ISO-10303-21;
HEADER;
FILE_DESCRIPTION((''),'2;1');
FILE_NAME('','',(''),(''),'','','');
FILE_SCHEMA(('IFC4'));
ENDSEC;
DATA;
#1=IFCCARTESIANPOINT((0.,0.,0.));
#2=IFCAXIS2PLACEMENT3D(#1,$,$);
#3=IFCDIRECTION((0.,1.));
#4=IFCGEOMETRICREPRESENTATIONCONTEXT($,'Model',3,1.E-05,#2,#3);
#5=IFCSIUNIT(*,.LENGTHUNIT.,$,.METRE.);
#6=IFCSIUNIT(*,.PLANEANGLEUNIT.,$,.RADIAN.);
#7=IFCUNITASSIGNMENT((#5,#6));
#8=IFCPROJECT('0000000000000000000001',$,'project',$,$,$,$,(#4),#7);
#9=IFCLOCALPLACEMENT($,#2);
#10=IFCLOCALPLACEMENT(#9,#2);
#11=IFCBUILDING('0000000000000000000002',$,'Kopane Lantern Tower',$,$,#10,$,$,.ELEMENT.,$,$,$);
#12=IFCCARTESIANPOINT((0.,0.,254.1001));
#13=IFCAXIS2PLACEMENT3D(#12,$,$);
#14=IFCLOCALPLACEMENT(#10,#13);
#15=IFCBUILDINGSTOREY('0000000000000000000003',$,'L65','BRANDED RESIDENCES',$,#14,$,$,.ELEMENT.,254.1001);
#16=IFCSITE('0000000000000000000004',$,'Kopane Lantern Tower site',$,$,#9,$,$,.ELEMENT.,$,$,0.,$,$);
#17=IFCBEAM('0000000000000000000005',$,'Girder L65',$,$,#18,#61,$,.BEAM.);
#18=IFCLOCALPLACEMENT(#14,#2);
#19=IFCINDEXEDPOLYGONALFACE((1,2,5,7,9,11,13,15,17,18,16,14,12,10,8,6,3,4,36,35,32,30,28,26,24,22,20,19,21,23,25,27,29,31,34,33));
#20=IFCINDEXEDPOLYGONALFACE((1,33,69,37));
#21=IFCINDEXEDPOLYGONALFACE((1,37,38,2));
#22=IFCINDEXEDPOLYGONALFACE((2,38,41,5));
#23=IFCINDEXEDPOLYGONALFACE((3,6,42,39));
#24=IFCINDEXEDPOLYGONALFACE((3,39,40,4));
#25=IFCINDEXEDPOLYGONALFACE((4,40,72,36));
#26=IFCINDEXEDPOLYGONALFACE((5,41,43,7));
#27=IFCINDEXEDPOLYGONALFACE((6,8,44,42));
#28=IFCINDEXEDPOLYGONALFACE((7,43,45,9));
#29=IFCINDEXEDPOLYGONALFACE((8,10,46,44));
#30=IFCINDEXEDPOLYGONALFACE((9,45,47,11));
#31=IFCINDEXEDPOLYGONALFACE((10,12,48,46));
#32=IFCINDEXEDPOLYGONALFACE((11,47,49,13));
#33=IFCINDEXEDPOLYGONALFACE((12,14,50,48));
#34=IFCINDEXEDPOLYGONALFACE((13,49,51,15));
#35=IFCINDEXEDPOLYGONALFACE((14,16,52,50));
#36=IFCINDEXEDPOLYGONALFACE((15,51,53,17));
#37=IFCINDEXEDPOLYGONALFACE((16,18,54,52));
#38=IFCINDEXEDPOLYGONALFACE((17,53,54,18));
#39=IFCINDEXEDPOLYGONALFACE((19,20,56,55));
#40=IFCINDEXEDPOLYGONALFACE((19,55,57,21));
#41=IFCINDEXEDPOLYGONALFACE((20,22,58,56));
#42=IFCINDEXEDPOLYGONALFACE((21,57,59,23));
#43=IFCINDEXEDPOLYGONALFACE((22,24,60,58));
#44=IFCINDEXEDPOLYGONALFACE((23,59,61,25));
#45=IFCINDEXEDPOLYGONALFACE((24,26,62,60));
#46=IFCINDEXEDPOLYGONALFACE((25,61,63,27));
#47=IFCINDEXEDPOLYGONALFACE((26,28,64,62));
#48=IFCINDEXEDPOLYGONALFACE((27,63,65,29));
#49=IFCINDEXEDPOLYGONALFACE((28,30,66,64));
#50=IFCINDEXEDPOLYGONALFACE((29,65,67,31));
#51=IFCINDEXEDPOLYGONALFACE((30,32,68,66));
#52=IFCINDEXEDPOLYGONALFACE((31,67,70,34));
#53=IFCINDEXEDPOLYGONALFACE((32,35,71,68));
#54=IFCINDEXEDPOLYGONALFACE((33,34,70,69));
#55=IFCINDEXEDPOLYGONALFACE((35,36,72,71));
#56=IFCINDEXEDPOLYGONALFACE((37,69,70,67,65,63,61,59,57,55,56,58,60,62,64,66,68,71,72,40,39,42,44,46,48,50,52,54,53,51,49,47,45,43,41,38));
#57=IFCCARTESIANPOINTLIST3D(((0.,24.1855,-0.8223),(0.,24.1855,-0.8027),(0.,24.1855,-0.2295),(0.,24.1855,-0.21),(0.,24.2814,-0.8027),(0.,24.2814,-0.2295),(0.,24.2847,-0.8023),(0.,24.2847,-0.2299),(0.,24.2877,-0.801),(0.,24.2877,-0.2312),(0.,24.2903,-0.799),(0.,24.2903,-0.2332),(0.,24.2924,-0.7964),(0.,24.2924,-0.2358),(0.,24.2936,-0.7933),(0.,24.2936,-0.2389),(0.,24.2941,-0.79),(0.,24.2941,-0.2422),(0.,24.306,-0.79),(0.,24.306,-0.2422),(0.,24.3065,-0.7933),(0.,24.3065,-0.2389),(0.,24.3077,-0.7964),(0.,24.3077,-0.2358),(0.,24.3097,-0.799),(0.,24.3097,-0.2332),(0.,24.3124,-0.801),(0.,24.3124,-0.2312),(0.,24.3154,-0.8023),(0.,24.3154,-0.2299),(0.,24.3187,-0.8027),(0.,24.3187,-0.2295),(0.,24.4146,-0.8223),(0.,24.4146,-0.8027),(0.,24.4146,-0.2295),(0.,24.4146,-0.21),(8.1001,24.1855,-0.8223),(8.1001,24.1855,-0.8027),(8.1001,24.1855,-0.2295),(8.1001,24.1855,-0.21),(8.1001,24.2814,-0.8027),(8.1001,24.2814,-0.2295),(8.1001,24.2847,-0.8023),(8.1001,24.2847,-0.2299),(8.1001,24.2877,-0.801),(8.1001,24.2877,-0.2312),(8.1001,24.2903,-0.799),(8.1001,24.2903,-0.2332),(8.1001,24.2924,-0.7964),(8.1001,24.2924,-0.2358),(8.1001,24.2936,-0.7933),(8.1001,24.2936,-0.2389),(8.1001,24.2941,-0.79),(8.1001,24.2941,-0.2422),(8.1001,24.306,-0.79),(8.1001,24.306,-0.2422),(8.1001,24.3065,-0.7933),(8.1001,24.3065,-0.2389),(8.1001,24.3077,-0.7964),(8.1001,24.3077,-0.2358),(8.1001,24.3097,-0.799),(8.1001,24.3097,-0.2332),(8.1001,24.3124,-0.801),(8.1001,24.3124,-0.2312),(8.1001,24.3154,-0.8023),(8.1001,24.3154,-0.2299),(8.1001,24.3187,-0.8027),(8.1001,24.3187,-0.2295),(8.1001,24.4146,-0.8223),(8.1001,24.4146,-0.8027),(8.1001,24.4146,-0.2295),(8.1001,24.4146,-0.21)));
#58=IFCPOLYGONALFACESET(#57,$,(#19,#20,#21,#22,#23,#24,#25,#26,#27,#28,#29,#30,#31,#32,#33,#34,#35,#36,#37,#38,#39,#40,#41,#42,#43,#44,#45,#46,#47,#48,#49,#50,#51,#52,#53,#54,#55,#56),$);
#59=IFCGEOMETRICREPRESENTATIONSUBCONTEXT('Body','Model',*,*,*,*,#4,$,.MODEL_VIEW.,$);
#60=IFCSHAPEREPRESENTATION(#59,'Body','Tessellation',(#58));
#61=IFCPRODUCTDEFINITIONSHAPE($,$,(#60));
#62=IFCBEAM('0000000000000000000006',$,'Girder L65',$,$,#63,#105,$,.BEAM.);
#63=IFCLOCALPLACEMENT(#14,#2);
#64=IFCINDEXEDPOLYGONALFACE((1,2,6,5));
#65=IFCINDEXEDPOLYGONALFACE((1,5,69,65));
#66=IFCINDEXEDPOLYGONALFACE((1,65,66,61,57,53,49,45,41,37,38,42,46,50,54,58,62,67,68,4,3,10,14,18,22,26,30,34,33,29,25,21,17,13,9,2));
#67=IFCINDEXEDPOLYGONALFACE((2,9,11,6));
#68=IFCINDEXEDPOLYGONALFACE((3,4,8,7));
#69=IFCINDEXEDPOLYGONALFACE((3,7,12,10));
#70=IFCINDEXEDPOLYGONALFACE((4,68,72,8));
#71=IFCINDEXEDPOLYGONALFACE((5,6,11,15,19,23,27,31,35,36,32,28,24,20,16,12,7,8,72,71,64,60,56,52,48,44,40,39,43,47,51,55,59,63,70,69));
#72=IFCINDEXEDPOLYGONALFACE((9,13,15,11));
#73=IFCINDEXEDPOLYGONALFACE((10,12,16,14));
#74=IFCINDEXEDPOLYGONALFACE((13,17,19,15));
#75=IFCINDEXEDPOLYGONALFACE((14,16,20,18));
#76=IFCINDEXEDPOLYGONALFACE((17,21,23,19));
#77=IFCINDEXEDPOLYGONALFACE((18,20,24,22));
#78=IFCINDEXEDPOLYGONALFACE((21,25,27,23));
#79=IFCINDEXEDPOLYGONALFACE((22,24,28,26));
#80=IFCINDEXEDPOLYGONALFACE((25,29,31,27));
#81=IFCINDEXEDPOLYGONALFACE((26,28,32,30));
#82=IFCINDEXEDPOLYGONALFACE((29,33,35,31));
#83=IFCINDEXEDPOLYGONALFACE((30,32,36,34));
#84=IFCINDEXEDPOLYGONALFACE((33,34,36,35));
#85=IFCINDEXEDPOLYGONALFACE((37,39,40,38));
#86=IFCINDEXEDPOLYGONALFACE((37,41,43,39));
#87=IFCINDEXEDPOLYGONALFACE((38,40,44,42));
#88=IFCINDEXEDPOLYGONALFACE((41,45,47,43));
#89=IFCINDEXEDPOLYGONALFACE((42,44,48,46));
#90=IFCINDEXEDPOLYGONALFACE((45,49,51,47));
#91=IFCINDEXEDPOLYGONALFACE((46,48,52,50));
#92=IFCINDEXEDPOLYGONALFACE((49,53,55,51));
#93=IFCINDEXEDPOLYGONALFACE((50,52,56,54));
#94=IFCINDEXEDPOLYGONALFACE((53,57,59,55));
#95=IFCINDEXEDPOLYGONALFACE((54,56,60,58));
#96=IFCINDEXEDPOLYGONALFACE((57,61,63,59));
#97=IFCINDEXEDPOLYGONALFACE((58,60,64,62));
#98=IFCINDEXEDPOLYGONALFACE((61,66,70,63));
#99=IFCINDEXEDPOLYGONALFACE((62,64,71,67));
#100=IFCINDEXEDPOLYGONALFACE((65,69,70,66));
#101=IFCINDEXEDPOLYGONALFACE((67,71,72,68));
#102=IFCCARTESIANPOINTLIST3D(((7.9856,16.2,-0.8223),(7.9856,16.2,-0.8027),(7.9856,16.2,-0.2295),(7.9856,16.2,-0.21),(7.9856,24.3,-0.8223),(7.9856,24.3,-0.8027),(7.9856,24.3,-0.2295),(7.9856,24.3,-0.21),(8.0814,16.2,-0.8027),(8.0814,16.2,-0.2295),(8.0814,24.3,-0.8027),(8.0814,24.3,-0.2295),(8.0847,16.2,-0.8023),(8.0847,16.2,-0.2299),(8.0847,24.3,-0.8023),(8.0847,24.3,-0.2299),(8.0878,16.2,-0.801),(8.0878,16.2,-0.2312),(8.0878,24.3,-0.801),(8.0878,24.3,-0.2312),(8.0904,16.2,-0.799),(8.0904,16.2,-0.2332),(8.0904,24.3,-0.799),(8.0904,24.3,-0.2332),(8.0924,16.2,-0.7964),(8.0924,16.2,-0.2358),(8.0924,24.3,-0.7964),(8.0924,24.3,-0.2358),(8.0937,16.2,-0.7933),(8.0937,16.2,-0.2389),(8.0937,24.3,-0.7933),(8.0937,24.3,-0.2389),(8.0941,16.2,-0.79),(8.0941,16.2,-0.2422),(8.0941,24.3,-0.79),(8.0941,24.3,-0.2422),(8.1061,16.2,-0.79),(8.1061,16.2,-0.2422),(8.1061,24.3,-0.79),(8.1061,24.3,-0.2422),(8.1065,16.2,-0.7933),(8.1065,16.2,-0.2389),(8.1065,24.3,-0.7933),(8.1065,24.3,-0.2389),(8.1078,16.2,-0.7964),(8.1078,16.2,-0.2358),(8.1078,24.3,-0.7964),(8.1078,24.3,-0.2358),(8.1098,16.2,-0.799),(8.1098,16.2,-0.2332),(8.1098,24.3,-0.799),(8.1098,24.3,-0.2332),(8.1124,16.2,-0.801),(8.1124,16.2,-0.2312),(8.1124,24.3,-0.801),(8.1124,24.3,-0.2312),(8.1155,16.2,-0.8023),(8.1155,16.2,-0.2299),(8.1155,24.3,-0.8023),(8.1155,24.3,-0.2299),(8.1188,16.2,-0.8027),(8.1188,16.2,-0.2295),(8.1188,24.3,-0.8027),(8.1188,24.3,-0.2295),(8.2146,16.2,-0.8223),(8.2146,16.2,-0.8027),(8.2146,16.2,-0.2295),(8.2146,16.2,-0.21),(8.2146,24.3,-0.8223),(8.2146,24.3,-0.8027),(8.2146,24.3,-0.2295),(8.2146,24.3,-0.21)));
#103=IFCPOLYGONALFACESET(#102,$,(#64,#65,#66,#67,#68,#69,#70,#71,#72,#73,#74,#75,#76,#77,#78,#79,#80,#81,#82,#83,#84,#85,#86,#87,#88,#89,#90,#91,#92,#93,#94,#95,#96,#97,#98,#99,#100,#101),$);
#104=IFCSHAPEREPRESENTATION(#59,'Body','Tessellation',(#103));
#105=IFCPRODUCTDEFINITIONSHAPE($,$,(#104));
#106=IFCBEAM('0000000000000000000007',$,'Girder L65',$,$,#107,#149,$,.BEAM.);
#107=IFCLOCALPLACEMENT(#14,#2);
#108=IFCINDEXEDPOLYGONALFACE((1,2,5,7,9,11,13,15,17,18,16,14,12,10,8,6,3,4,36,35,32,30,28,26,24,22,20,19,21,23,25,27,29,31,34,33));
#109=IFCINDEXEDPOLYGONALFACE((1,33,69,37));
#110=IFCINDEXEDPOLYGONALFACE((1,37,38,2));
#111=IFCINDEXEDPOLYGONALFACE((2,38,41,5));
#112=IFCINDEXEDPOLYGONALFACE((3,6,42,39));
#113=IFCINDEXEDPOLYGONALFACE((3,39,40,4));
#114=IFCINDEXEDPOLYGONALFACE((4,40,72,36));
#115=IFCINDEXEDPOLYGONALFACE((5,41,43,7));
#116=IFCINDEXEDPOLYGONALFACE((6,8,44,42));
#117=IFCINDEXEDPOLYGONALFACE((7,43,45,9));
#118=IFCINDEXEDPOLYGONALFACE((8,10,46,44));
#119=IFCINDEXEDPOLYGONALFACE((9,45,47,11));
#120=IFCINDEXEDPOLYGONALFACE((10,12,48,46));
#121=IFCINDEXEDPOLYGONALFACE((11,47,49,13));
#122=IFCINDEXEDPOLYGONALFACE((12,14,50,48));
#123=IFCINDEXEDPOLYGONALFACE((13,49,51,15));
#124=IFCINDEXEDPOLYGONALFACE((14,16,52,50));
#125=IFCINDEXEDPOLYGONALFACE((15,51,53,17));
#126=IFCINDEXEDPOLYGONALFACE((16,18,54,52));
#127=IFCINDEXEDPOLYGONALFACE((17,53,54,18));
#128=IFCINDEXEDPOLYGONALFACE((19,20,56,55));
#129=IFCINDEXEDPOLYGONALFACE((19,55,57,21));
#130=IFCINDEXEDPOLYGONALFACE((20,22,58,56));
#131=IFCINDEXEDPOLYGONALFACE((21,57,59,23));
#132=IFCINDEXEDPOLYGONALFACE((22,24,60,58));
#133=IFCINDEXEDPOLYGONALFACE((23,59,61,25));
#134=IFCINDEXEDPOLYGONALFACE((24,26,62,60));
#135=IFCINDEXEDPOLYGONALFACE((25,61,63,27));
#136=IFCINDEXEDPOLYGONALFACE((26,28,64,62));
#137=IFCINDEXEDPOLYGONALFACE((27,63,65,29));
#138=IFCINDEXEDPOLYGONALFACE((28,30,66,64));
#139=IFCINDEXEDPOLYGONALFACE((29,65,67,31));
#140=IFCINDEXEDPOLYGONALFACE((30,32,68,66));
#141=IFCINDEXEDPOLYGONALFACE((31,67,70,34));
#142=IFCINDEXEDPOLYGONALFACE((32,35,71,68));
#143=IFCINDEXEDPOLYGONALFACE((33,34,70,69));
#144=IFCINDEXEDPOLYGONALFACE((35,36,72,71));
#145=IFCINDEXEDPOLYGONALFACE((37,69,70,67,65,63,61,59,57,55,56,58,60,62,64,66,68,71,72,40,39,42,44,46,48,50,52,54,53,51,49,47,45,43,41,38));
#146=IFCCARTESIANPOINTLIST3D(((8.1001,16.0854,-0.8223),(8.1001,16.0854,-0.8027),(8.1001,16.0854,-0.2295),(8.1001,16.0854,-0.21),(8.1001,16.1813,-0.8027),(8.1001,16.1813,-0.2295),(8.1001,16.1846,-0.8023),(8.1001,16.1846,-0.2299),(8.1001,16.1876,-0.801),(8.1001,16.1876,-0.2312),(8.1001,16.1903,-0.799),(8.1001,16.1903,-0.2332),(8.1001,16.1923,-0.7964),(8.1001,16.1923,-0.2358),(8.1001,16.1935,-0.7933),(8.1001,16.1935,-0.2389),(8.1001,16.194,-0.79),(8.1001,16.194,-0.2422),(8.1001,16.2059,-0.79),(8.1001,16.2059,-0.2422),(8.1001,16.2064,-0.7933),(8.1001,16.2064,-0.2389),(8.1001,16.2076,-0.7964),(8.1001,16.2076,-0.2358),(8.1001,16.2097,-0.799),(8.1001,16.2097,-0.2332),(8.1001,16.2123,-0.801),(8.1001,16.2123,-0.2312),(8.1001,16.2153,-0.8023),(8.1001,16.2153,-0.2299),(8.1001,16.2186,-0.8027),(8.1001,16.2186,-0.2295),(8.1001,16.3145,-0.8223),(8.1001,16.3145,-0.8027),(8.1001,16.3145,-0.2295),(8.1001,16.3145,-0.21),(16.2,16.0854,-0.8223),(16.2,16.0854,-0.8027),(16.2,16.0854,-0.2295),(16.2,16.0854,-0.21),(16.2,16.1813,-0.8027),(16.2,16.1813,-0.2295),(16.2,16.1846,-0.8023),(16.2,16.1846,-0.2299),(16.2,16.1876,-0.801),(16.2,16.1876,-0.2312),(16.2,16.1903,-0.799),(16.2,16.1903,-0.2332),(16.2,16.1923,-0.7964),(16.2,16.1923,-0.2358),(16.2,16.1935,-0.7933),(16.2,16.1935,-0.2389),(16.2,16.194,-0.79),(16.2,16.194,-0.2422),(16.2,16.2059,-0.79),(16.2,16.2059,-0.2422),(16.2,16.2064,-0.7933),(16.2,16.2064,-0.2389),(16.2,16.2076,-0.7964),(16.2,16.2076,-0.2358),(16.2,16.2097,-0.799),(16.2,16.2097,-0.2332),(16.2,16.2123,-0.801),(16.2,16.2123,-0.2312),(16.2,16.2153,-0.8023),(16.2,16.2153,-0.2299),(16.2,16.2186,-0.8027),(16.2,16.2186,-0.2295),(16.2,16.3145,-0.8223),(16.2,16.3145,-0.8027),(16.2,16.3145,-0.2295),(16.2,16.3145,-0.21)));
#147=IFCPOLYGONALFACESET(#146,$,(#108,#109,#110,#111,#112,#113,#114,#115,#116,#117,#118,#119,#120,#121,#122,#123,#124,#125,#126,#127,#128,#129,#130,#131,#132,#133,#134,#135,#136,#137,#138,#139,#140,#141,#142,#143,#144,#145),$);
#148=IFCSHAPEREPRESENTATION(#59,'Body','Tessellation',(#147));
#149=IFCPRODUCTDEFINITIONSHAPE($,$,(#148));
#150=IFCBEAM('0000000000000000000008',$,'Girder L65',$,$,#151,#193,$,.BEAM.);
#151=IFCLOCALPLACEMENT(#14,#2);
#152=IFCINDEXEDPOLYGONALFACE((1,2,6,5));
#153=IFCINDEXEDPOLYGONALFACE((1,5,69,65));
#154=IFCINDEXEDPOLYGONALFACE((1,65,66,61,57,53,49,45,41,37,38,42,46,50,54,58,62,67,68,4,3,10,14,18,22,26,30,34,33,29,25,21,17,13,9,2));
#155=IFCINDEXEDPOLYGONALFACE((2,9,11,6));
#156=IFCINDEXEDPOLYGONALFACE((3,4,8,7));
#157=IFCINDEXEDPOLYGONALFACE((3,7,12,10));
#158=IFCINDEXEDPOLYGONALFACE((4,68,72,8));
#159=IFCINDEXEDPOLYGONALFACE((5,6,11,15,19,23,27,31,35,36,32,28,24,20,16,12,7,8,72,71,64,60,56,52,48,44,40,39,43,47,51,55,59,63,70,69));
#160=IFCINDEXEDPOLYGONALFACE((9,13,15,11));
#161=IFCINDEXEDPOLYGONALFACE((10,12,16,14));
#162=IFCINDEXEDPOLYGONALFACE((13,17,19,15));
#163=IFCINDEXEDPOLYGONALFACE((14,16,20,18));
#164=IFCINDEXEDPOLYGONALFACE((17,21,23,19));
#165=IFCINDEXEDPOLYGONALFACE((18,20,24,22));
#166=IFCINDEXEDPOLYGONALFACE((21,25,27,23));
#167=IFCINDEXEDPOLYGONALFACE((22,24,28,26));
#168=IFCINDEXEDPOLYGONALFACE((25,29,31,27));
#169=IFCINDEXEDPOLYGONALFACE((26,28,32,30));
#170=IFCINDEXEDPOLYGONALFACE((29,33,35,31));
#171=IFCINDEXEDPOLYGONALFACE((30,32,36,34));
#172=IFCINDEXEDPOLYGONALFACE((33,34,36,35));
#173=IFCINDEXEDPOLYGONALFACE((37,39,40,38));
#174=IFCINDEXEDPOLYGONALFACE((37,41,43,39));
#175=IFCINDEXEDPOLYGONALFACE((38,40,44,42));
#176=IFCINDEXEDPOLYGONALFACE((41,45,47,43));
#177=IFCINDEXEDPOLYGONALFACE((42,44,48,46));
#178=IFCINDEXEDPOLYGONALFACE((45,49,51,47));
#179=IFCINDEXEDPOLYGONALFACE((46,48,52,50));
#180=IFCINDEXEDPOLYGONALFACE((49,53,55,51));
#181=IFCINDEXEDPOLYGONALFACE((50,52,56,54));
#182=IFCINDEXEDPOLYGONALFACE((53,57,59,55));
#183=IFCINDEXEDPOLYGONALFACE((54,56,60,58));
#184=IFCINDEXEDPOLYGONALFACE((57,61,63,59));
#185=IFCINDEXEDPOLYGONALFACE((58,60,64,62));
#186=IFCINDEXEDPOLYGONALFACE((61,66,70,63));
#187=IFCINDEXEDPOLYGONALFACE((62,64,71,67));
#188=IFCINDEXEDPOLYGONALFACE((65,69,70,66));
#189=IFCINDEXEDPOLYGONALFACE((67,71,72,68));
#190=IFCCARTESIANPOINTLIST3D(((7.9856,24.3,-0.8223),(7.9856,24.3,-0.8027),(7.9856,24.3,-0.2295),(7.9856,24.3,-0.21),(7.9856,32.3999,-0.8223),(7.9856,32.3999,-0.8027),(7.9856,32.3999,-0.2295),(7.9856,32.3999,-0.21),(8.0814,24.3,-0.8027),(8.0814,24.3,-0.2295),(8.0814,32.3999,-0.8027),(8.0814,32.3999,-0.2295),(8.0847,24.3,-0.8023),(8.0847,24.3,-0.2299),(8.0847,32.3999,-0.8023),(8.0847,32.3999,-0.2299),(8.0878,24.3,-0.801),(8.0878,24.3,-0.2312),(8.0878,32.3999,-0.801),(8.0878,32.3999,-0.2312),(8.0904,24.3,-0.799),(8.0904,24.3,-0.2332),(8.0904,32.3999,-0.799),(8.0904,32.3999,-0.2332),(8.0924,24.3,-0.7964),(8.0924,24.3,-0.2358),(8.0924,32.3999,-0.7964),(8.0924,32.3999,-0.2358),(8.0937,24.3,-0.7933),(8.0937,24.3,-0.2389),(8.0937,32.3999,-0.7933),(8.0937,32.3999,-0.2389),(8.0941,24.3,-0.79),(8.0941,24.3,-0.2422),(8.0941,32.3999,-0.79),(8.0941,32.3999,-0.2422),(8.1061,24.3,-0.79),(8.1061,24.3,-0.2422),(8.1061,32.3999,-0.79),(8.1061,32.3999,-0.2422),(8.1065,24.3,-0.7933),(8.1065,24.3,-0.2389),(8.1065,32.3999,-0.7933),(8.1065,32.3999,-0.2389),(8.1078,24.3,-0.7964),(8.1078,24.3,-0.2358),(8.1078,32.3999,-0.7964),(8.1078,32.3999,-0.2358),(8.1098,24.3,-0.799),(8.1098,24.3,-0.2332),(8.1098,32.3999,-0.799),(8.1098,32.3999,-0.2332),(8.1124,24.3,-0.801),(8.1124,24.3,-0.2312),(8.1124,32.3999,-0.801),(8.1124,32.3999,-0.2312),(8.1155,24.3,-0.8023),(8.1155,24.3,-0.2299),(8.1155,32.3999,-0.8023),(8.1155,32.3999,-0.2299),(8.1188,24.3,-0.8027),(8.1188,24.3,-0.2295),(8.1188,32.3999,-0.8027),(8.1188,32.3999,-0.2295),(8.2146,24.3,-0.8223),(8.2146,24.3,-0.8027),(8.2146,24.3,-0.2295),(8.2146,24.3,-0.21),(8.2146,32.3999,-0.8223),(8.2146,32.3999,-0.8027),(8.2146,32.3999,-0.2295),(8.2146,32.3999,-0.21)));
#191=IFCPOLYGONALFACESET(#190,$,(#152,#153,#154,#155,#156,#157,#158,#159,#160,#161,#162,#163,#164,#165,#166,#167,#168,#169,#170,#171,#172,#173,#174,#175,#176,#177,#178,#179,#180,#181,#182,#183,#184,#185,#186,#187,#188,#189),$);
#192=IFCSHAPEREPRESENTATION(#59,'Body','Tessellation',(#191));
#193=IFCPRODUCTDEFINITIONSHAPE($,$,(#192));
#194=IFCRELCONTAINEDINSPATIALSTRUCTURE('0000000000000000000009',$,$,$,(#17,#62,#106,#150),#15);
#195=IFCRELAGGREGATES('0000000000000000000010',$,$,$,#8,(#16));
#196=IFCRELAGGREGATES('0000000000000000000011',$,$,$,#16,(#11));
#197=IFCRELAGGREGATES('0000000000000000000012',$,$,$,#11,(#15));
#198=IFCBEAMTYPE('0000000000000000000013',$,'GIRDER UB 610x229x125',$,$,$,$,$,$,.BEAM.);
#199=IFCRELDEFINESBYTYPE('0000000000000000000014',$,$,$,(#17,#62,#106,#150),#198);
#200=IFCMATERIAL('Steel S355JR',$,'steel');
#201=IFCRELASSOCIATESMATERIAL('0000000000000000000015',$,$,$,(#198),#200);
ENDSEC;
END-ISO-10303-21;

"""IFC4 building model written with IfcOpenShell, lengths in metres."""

from ifc_helpers import new_model, si_unit, direction, frame, origin, origin_2d, place, context, subcontext, project, spatial, i_section, extrude, material, material_profile, profile_set, type_object, element, save


model = new_model("IFC4")

# Units and contexts
model_context = context("Model", 3, precision=1e-05, world=origin(), true_north=direction((0.0, 1.0)))
body_context = subcontext(model_context, "Body", "Model", "MODEL_VIEW")
ifc_project = project(units=[si_unit("LENGTHUNIT", "METRE"), si_unit("PLANEANGLEUNIT", "RADIAN")], contexts=[model_context])

# Site, building, storey
site_placement = place(None, origin())
site = spatial("IfcSite", under=ifc_project, at=site_placement, Name="Kopane Lantern Tower site", CompositionType="ELEMENT", RefElevation=0.0)
building_placement = place(site_placement, origin())
building = spatial("IfcBuilding", under=site, at=building_placement, Name="Kopane Lantern Tower", CompositionType="ELEMENT")
storey_placement = place(building_placement, frame((0.0, 0.0, 254.1001)))
storey = spatial("IfcBuildingStorey", under=building, at=storey_placement, Name="L65", Description="BRANDED RESIDENCES", CompositionType="ELEMENT", Elevation=254.1001)

# Beams
ifc_material_1 = material(Name="Steel S355JR", Category="steel")
ifc_material_profile_1 = material_profile(ifc_material_1, i_section(OverallWidth=0.229, OverallDepth=0.6123, WebThickness=0.012, FlangeThickness=0.0195, FilletRadius=0.0127, at=origin_2d()), Name="UB 610x229x125")
ifc_profile_set_1 = profile_set([ifc_material_profile_1], Name="Steel S355JR")
beam_type_1 = type_object("IfcBeamType", Name="GIRDER UB 610x229x125", PredefinedType="BEAM", material=ifc_profile_set_1)
for number, where, z_axis, x_axis, name in (
    (1, (0.0, 24.3, -0.5161), (1.0, 0.0, 0.0), (0.0, 1.0, 0.0), "Girder L65"),
    (2, (8.1001, 16.2, -0.5161), (0.0, 1.0, 0.0), (-1.0, 0.0, 0.0), "Girder L65"),
):
    element("IfcBeam", number, at=place(storey_placement, frame(where, z_axis=z_axis, x_axis=x_axis)), inside=storey, type_object=beam_type_1, Name=name, PredefinedType="BEAM", context=body_context, shape_type="SweptSolid", body=[
        extrude(i_section(OverallWidth=0.229, OverallDepth=0.6123, WebThickness=0.012, FlangeThickness=0.0195, FilletRadius=0.0127, at=origin_2d()), origin(), (0.0, 0.0, 1.0), 8.1001),
    ])
for number, where, z_axis, x_axis, name in (
    (3, (8.1001, 16.2, -0.5161), (1.0, 0.0, 0.0), (0.0, 1.0, 0.0), "Girder L65"),
    (4, (8.1001, 24.3, -0.5161), (0.0, 1.0, 0.0), (-1.0, 0.0, 0.0), "Girder L65"),
):
    element("IfcBeam", number, at=place(storey_placement, frame(where, z_axis=z_axis, x_axis=x_axis)), inside=storey, type_object=beam_type_1, Name=name, PredefinedType="BEAM", context=body_context, shape_type="SweptSolid", body=[
        extrude(i_section(OverallWidth=0.229, OverallDepth=0.6123, WebThickness=0.012, FlangeThickness=0.0195, FilletRadius=0.0127, at=origin_2d()), origin(), (0.0, 0.0, 1.0), 8.0999),
    ])

save(model, "model.ifc")
